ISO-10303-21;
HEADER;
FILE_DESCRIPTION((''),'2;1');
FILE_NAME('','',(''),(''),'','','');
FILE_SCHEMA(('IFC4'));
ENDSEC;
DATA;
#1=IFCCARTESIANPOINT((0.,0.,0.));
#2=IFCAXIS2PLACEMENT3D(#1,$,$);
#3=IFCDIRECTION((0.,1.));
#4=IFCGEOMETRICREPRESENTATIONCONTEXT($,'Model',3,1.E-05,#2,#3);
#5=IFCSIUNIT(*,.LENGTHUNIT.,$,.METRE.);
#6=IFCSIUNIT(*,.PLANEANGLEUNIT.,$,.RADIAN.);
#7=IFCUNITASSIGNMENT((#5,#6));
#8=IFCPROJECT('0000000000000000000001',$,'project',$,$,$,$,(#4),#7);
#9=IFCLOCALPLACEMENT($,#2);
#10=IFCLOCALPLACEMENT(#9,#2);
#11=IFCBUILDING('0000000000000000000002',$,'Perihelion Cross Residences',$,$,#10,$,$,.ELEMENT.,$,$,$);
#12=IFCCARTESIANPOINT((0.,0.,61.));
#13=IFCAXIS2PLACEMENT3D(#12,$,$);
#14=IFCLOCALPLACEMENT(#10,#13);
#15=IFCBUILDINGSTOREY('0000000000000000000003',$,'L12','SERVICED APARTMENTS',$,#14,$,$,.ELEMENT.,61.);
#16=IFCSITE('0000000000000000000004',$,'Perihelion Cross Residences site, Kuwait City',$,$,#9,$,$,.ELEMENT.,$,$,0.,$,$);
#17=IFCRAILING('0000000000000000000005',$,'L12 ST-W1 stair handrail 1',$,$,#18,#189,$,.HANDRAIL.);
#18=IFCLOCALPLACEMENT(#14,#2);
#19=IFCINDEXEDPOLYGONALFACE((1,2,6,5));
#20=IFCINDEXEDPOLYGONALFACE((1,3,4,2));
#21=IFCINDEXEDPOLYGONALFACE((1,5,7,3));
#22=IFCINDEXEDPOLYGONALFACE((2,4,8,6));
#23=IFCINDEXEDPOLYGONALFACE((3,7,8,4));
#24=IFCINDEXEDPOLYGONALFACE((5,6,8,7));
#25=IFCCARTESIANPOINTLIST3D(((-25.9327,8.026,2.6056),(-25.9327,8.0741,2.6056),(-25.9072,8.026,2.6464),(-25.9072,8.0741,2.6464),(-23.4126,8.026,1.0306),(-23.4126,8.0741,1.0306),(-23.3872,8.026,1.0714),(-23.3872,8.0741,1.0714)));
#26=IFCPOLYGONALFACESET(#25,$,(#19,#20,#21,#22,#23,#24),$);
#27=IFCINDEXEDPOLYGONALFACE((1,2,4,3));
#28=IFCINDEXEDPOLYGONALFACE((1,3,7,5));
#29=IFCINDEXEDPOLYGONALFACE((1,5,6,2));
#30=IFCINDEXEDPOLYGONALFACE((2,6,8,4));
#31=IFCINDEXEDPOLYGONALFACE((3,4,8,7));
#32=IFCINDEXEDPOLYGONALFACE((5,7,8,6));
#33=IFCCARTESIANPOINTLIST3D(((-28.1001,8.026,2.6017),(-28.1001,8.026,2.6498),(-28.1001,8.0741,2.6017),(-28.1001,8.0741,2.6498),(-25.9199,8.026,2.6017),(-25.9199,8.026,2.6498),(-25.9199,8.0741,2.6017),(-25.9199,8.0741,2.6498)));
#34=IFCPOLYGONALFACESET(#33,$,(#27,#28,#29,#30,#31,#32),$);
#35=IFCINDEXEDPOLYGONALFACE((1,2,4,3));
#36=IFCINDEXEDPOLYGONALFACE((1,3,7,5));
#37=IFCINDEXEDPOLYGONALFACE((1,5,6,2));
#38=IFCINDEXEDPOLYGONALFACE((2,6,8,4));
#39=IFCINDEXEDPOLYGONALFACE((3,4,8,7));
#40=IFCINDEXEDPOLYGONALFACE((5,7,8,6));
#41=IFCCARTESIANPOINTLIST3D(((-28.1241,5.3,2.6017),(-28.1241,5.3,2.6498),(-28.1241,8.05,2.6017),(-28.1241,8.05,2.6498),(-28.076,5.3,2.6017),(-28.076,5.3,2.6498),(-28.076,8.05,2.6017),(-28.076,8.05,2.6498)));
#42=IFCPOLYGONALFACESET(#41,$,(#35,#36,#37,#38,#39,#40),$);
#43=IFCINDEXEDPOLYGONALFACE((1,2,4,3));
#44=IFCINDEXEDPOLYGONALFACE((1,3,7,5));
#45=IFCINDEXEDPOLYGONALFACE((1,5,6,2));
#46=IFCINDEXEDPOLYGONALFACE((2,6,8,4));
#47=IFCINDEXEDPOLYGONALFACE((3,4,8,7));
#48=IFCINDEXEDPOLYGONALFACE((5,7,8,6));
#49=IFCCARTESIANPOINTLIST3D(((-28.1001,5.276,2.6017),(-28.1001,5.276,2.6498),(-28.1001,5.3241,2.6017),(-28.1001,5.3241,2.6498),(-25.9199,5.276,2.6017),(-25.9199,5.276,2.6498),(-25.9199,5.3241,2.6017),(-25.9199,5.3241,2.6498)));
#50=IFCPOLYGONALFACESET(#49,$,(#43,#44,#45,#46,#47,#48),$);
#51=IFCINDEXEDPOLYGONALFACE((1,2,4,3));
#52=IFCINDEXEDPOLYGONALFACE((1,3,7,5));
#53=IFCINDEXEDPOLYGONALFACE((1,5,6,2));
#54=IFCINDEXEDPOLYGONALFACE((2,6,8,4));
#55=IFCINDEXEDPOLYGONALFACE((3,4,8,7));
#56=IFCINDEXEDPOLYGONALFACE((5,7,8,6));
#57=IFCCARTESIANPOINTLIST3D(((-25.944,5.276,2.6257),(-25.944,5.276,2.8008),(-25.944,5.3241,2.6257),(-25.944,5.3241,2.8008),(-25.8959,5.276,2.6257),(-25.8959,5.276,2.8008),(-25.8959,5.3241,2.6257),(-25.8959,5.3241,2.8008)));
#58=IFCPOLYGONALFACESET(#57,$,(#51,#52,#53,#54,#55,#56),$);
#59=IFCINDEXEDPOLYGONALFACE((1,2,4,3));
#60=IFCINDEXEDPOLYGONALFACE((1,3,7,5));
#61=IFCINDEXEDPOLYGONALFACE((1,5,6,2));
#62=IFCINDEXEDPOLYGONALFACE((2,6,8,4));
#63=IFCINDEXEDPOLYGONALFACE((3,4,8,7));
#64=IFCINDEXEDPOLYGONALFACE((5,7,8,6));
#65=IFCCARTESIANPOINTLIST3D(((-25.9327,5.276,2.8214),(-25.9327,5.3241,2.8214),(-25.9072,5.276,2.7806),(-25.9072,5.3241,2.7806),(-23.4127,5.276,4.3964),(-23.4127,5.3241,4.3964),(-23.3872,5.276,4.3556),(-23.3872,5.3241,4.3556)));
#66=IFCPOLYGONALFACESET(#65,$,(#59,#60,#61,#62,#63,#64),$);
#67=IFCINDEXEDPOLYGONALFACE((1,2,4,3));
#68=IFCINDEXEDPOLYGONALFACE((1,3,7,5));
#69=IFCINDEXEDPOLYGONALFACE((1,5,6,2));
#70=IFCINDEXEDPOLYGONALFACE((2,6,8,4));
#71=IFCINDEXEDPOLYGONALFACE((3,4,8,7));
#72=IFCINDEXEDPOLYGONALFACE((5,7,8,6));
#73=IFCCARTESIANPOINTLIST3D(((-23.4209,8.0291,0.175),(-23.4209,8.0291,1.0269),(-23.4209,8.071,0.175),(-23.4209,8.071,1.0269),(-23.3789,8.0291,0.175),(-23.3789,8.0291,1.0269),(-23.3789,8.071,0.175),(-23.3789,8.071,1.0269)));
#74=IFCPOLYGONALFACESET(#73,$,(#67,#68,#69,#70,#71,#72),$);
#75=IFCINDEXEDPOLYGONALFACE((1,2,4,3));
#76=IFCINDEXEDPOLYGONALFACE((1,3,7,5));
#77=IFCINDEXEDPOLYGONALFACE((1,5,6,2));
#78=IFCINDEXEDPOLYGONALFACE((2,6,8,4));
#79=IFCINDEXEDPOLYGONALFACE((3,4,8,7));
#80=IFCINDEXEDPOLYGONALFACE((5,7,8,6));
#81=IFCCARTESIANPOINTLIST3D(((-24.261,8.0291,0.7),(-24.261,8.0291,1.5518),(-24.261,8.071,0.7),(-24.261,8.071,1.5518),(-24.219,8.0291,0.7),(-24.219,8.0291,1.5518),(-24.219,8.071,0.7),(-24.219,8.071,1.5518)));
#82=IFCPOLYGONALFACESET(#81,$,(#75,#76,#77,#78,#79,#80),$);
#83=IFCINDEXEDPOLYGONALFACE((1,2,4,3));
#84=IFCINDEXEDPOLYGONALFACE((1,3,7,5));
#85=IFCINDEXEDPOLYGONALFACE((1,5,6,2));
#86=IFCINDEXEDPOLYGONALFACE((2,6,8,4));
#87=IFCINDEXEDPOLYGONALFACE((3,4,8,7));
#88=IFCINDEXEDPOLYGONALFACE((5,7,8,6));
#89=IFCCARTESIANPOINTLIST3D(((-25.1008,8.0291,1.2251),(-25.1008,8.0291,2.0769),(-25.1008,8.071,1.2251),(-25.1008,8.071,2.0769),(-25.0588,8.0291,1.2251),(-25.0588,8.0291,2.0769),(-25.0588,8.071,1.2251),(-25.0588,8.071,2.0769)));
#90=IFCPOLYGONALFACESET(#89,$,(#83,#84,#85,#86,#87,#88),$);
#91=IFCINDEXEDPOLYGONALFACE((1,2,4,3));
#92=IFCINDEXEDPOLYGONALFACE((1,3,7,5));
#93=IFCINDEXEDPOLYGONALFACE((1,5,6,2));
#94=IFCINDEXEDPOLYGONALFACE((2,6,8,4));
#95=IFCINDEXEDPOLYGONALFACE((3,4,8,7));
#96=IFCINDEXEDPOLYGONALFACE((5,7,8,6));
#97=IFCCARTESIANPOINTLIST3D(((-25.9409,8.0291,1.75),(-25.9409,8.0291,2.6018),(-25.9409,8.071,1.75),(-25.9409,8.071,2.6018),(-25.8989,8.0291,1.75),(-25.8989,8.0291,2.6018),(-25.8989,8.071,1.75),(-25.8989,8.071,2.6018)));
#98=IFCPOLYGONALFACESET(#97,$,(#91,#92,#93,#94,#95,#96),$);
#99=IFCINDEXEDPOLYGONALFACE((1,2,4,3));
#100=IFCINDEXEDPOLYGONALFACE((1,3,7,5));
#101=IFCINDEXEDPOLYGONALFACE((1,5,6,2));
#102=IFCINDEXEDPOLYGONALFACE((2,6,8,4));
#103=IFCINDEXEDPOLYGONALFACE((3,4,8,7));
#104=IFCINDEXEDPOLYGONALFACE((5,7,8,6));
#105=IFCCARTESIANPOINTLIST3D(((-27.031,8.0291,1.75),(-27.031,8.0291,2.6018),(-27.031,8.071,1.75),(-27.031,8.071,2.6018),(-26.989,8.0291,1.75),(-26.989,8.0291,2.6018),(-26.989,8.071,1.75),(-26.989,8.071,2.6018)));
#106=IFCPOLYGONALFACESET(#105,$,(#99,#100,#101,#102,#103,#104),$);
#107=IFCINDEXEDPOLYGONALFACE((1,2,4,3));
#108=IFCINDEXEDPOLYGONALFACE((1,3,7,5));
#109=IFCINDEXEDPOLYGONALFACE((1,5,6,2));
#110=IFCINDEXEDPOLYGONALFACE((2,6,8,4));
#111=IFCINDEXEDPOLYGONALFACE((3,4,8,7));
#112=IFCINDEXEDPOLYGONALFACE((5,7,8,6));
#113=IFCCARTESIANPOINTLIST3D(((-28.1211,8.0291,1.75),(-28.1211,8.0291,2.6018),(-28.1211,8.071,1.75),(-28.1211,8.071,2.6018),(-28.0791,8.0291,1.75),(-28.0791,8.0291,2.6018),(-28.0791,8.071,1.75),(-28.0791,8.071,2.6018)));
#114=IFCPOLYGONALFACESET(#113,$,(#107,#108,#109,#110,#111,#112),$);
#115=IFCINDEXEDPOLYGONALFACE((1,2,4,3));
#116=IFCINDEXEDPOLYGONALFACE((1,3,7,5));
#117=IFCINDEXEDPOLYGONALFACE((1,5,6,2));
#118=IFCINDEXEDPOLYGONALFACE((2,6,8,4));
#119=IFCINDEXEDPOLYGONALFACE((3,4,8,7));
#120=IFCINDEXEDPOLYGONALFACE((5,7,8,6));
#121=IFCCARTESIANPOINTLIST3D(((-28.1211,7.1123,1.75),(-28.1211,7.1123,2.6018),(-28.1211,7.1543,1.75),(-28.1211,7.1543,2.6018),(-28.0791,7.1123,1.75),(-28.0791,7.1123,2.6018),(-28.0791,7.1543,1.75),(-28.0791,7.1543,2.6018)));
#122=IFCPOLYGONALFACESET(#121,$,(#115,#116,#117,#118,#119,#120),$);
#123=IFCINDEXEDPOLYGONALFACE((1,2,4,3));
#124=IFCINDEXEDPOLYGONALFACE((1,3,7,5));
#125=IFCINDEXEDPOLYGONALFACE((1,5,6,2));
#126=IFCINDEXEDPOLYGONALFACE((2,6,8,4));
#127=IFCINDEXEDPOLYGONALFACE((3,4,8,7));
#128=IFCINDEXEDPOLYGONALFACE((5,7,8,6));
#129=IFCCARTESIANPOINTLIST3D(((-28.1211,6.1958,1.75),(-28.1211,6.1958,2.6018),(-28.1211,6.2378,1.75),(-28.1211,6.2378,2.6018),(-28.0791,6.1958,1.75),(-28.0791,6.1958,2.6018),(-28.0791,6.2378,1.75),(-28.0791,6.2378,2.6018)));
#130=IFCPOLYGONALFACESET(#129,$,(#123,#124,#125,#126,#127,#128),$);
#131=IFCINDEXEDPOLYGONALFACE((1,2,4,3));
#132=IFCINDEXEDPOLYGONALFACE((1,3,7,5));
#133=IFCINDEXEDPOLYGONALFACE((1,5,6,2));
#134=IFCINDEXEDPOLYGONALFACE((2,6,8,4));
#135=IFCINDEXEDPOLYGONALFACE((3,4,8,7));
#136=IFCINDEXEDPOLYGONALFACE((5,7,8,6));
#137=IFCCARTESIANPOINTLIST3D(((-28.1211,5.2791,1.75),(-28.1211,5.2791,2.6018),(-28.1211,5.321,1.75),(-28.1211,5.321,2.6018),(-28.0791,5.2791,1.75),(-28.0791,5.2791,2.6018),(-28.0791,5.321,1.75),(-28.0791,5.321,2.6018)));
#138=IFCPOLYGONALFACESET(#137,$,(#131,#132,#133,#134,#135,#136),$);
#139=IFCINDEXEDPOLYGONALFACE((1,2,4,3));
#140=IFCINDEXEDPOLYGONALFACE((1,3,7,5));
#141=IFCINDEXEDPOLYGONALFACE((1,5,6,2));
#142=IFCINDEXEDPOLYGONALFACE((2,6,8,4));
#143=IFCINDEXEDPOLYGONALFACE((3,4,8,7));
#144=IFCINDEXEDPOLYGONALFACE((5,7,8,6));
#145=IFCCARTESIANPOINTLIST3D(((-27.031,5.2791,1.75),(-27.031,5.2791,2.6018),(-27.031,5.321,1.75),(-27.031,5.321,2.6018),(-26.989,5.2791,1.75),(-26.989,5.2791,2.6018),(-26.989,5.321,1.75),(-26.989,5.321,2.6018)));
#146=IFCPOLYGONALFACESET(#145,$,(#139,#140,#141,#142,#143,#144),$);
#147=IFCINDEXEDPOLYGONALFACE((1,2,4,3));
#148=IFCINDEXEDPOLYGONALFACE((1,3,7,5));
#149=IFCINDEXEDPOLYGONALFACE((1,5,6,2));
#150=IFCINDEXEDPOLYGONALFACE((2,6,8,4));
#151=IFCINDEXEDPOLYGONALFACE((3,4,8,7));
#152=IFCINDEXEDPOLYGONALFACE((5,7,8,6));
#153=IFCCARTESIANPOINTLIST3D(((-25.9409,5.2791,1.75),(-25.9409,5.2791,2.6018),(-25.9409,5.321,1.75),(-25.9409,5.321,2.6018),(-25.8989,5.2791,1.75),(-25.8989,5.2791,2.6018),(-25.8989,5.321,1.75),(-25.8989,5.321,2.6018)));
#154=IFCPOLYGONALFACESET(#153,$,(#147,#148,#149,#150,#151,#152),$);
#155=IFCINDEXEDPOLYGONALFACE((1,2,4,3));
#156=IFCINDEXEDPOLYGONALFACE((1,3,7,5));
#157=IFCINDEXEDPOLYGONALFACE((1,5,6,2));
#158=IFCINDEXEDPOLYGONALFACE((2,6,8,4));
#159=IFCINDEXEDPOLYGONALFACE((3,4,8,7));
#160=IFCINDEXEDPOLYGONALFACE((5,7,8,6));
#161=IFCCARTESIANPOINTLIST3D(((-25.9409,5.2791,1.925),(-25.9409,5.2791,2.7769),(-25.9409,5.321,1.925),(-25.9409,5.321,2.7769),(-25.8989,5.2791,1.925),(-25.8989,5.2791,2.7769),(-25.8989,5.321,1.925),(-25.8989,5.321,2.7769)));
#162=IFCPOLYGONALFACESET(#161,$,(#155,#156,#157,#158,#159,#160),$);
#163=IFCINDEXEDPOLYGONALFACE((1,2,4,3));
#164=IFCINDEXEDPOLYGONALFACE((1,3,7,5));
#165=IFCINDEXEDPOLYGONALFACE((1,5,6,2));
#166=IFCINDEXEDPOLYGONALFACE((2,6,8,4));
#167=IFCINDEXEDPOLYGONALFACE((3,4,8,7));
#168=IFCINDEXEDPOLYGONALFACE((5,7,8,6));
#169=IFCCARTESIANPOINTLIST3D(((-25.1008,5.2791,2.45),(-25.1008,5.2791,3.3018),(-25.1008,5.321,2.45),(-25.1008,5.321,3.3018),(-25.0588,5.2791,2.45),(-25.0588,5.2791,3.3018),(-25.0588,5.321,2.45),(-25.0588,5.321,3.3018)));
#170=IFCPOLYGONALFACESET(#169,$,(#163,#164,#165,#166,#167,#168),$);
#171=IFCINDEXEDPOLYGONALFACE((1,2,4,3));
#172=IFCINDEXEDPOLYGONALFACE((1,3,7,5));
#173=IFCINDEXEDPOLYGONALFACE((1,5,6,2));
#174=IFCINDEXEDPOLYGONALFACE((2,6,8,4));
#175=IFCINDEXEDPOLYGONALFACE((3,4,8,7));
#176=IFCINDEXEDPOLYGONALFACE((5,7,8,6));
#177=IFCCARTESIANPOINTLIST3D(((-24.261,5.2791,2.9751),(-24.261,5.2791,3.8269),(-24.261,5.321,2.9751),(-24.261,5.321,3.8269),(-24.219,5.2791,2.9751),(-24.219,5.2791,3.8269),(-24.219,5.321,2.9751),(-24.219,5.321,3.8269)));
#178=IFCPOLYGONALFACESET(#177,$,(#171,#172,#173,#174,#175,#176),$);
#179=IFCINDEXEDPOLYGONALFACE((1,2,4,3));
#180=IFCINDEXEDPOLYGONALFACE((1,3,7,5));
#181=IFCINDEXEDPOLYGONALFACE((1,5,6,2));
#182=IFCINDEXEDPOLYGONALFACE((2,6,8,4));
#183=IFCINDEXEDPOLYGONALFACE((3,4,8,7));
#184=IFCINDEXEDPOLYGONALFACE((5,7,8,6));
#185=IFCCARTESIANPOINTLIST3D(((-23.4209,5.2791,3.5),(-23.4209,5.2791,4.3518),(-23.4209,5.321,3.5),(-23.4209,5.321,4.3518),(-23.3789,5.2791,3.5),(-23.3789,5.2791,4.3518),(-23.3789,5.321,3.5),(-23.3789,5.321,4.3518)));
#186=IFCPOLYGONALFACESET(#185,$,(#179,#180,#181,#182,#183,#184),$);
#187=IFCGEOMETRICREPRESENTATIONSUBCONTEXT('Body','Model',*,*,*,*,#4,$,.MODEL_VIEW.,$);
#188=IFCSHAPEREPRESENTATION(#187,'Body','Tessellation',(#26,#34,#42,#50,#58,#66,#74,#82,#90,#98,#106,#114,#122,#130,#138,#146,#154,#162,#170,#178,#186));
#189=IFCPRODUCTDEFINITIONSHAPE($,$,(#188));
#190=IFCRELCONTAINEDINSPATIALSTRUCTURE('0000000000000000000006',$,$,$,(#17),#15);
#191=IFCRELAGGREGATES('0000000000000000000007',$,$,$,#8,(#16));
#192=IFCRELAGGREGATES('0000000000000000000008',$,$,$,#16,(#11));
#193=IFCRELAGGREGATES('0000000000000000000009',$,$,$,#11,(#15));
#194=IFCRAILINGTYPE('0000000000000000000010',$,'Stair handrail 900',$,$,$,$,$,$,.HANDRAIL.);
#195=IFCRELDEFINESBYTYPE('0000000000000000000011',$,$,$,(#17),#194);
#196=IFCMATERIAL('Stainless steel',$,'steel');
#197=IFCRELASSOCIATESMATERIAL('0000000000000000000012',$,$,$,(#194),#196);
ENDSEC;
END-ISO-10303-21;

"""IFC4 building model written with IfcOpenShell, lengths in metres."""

from ifc_helpers import new_model, si_unit, direction, frame, origin, origin_2d, place, context, subcontext, project, spatial, rectangle, extrude, material, type_object, element, save


model = new_model("IFC4")

# Units and contexts
model_context = context("Model", 3, precision=1e-05, world=origin(), true_north=direction((0.0, 1.0)))
body_context = subcontext(model_context, "Body", "Model", "MODEL_VIEW")
ifc_project = project(units=[si_unit("LENGTHUNIT", "METRE"), si_unit("PLANEANGLEUNIT", "RADIAN")], contexts=[model_context])

# Site, building, storey
site_placement = place(None, origin())
site = spatial("IfcSite", under=ifc_project, at=site_placement, Name="Perihelion Cross Residences site, Kuwait City", CompositionType="ELEMENT", RefElevation=0.0)
building_placement = place(site_placement, origin())
building = spatial("IfcBuilding", under=site, at=building_placement, Name="Perihelion Cross Residences", CompositionType="ELEMENT")
storey_placement = place(building_placement, frame((0.0, 0.0, 61.0)))
storey = spatial("IfcBuildingStorey", under=building, at=storey_placement, Name="L12", Description="SERVICED APARTMENTS", CompositionType="ELEMENT", Elevation=61.0)

# Railing
ifc_material_1 = material(Name="Stainless steel", Category="steel")
railing_type_1 = type_object("IfcRailingType", Name="Stair handrail 900", PredefinedType="HANDRAIL", material=ifc_material_1)
railing_1_placement = place(storey_placement, frame((-23.3999, 8.05, 0.175)))
element("IfcRailing", 1, at=railing_1_placement, inside=storey, type_object=railing_type_1, Name="L12 ST-W1 stair handrail 1", PredefinedType="HANDRAIL", context=body_context, shape_type="SweptSolid", body=[
    extrude(rectangle(XDim=0.0481, YDim=0.0481, at=origin_2d()), frame((0.0, 0.0, 0.876), z_axis=(-0.848008, 0.0, 0.529984), x_axis=(0.0, -1.0, 0.0)), (0.0, 0.0, 1.0), 2.9717),
    extrude(rectangle(XDim=0.0481, YDim=0.0481, at=origin_2d()), frame((-2.52, 0.0, 2.4507), z_axis=(-1.0, 0.0, 0.0), x_axis=(0.0, -1.0, 0.0)), (0.0, 0.0, 1.0), 2.1802),
    extrude(rectangle(XDim=0.0481, YDim=0.0481, at=origin_2d()), frame((-4.7002, 0.0, 2.4507), z_axis=(0.0, -1.0, 0.0), x_axis=(1.0, 0.0, 0.0)), (0.0, 0.0, 1.0), 2.75),
    extrude(rectangle(XDim=0.0481, YDim=0.0481, at=origin_2d()), frame((-4.7002, -2.75, 2.4507), z_axis=(1.0, 0.0, 0.0), x_axis=(0.0, 1.0, 0.0)), (0.0, 0.0, 1.0), 2.1802),
    extrude(rectangle(XDim=0.0481, YDim=0.0481, at=origin_2d()), frame((-2.52, -2.75, 2.4507), z_axis=(0.0, 0.0, 1.0), x_axis=(1.0, 0.0, 0.0)), (0.0, 0.0, 1.0), 0.175),
    extrude(rectangle(XDim=0.0481, YDim=0.0481, at=origin_2d()), frame((-2.52, -2.75, 2.626), z_axis=(0.848008, 0.0, 0.529984), x_axis=(0.0, 1.0, 0.0)), (0.0, 0.0, 1.0), 2.9717),
    extrude(rectangle(XDim=0.042, YDim=0.042, at=origin_2d()), origin(), (0.0, 0.0, 1.0), 0.8518),
    extrude(rectangle(XDim=0.042, YDim=0.042, at=origin_2d()), frame((-0.8401, 0.0, 0.5249)), (0.0, 0.0, 1.0), 0.8518),
    extrude(rectangle(XDim=0.042, YDim=0.042, at=origin_2d()), frame((-1.6799, 0.0, 1.05)), (0.0, 0.0, 1.0), 0.8518),
    extrude(rectangle(XDim=0.042, YDim=0.042, at=origin_2d()), frame((-2.52, 0.0, 1.575)), (0.0, 0.0, 1.0), 0.8518),
    extrude(rectangle(XDim=0.042, YDim=0.042, at=origin_2d()), frame((-3.6101, 0.0, 1.575)), (0.0, 0.0, 1.0), 0.8518),
    extrude(rectangle(XDim=0.042, YDim=0.042, at=origin_2d()), frame((-4.7002, 0.0, 1.575)), (0.0, 0.0, 1.0), 0.8518),
    extrude(rectangle(XDim=0.042, YDim=0.042, at=origin_2d()), frame((-4.7002, -0.9167, 1.575)), (0.0, 0.0, 1.0), 0.8518),
    extrude(rectangle(XDim=0.042, YDim=0.042, at=origin_2d()), frame((-4.7002, -1.8333, 1.575)), (0.0, 0.0, 1.0), 0.8518),
    extrude(rectangle(XDim=0.042, YDim=0.042, at=origin_2d()), frame((-4.7002, -2.75, 1.575)), (0.0, 0.0, 1.0), 0.8518),
    extrude(rectangle(XDim=0.042, YDim=0.042, at=origin_2d()), frame((-3.6101, -2.75, 1.575)), (0.0, 0.0, 1.0), 0.8518),
    extrude(rectangle(XDim=0.042, YDim=0.042, at=origin_2d()), frame((-2.52, -2.75, 1.575)), (0.0, 0.0, 1.0), 0.8518),
    extrude(rectangle(XDim=0.042, YDim=0.042, at=origin_2d()), frame((-2.52, -2.75, 1.75)), (0.0, 0.0, 1.0), 0.8518),
    extrude(rectangle(XDim=0.042, YDim=0.042, at=origin_2d()), frame((-1.6799, -2.75, 2.2749)), (0.0, 0.0, 1.0), 0.8518),
    extrude(rectangle(XDim=0.042, YDim=0.042, at=origin_2d()), frame((-0.8401, -2.75, 2.8)), (0.0, 0.0, 1.0), 0.8518),
    extrude(rectangle(XDim=0.042, YDim=0.042, at=origin_2d()), frame((0.0, -2.75, 3.325)), (0.0, 0.0, 1.0), 0.8518),
])

save(model, "model.ifc")
